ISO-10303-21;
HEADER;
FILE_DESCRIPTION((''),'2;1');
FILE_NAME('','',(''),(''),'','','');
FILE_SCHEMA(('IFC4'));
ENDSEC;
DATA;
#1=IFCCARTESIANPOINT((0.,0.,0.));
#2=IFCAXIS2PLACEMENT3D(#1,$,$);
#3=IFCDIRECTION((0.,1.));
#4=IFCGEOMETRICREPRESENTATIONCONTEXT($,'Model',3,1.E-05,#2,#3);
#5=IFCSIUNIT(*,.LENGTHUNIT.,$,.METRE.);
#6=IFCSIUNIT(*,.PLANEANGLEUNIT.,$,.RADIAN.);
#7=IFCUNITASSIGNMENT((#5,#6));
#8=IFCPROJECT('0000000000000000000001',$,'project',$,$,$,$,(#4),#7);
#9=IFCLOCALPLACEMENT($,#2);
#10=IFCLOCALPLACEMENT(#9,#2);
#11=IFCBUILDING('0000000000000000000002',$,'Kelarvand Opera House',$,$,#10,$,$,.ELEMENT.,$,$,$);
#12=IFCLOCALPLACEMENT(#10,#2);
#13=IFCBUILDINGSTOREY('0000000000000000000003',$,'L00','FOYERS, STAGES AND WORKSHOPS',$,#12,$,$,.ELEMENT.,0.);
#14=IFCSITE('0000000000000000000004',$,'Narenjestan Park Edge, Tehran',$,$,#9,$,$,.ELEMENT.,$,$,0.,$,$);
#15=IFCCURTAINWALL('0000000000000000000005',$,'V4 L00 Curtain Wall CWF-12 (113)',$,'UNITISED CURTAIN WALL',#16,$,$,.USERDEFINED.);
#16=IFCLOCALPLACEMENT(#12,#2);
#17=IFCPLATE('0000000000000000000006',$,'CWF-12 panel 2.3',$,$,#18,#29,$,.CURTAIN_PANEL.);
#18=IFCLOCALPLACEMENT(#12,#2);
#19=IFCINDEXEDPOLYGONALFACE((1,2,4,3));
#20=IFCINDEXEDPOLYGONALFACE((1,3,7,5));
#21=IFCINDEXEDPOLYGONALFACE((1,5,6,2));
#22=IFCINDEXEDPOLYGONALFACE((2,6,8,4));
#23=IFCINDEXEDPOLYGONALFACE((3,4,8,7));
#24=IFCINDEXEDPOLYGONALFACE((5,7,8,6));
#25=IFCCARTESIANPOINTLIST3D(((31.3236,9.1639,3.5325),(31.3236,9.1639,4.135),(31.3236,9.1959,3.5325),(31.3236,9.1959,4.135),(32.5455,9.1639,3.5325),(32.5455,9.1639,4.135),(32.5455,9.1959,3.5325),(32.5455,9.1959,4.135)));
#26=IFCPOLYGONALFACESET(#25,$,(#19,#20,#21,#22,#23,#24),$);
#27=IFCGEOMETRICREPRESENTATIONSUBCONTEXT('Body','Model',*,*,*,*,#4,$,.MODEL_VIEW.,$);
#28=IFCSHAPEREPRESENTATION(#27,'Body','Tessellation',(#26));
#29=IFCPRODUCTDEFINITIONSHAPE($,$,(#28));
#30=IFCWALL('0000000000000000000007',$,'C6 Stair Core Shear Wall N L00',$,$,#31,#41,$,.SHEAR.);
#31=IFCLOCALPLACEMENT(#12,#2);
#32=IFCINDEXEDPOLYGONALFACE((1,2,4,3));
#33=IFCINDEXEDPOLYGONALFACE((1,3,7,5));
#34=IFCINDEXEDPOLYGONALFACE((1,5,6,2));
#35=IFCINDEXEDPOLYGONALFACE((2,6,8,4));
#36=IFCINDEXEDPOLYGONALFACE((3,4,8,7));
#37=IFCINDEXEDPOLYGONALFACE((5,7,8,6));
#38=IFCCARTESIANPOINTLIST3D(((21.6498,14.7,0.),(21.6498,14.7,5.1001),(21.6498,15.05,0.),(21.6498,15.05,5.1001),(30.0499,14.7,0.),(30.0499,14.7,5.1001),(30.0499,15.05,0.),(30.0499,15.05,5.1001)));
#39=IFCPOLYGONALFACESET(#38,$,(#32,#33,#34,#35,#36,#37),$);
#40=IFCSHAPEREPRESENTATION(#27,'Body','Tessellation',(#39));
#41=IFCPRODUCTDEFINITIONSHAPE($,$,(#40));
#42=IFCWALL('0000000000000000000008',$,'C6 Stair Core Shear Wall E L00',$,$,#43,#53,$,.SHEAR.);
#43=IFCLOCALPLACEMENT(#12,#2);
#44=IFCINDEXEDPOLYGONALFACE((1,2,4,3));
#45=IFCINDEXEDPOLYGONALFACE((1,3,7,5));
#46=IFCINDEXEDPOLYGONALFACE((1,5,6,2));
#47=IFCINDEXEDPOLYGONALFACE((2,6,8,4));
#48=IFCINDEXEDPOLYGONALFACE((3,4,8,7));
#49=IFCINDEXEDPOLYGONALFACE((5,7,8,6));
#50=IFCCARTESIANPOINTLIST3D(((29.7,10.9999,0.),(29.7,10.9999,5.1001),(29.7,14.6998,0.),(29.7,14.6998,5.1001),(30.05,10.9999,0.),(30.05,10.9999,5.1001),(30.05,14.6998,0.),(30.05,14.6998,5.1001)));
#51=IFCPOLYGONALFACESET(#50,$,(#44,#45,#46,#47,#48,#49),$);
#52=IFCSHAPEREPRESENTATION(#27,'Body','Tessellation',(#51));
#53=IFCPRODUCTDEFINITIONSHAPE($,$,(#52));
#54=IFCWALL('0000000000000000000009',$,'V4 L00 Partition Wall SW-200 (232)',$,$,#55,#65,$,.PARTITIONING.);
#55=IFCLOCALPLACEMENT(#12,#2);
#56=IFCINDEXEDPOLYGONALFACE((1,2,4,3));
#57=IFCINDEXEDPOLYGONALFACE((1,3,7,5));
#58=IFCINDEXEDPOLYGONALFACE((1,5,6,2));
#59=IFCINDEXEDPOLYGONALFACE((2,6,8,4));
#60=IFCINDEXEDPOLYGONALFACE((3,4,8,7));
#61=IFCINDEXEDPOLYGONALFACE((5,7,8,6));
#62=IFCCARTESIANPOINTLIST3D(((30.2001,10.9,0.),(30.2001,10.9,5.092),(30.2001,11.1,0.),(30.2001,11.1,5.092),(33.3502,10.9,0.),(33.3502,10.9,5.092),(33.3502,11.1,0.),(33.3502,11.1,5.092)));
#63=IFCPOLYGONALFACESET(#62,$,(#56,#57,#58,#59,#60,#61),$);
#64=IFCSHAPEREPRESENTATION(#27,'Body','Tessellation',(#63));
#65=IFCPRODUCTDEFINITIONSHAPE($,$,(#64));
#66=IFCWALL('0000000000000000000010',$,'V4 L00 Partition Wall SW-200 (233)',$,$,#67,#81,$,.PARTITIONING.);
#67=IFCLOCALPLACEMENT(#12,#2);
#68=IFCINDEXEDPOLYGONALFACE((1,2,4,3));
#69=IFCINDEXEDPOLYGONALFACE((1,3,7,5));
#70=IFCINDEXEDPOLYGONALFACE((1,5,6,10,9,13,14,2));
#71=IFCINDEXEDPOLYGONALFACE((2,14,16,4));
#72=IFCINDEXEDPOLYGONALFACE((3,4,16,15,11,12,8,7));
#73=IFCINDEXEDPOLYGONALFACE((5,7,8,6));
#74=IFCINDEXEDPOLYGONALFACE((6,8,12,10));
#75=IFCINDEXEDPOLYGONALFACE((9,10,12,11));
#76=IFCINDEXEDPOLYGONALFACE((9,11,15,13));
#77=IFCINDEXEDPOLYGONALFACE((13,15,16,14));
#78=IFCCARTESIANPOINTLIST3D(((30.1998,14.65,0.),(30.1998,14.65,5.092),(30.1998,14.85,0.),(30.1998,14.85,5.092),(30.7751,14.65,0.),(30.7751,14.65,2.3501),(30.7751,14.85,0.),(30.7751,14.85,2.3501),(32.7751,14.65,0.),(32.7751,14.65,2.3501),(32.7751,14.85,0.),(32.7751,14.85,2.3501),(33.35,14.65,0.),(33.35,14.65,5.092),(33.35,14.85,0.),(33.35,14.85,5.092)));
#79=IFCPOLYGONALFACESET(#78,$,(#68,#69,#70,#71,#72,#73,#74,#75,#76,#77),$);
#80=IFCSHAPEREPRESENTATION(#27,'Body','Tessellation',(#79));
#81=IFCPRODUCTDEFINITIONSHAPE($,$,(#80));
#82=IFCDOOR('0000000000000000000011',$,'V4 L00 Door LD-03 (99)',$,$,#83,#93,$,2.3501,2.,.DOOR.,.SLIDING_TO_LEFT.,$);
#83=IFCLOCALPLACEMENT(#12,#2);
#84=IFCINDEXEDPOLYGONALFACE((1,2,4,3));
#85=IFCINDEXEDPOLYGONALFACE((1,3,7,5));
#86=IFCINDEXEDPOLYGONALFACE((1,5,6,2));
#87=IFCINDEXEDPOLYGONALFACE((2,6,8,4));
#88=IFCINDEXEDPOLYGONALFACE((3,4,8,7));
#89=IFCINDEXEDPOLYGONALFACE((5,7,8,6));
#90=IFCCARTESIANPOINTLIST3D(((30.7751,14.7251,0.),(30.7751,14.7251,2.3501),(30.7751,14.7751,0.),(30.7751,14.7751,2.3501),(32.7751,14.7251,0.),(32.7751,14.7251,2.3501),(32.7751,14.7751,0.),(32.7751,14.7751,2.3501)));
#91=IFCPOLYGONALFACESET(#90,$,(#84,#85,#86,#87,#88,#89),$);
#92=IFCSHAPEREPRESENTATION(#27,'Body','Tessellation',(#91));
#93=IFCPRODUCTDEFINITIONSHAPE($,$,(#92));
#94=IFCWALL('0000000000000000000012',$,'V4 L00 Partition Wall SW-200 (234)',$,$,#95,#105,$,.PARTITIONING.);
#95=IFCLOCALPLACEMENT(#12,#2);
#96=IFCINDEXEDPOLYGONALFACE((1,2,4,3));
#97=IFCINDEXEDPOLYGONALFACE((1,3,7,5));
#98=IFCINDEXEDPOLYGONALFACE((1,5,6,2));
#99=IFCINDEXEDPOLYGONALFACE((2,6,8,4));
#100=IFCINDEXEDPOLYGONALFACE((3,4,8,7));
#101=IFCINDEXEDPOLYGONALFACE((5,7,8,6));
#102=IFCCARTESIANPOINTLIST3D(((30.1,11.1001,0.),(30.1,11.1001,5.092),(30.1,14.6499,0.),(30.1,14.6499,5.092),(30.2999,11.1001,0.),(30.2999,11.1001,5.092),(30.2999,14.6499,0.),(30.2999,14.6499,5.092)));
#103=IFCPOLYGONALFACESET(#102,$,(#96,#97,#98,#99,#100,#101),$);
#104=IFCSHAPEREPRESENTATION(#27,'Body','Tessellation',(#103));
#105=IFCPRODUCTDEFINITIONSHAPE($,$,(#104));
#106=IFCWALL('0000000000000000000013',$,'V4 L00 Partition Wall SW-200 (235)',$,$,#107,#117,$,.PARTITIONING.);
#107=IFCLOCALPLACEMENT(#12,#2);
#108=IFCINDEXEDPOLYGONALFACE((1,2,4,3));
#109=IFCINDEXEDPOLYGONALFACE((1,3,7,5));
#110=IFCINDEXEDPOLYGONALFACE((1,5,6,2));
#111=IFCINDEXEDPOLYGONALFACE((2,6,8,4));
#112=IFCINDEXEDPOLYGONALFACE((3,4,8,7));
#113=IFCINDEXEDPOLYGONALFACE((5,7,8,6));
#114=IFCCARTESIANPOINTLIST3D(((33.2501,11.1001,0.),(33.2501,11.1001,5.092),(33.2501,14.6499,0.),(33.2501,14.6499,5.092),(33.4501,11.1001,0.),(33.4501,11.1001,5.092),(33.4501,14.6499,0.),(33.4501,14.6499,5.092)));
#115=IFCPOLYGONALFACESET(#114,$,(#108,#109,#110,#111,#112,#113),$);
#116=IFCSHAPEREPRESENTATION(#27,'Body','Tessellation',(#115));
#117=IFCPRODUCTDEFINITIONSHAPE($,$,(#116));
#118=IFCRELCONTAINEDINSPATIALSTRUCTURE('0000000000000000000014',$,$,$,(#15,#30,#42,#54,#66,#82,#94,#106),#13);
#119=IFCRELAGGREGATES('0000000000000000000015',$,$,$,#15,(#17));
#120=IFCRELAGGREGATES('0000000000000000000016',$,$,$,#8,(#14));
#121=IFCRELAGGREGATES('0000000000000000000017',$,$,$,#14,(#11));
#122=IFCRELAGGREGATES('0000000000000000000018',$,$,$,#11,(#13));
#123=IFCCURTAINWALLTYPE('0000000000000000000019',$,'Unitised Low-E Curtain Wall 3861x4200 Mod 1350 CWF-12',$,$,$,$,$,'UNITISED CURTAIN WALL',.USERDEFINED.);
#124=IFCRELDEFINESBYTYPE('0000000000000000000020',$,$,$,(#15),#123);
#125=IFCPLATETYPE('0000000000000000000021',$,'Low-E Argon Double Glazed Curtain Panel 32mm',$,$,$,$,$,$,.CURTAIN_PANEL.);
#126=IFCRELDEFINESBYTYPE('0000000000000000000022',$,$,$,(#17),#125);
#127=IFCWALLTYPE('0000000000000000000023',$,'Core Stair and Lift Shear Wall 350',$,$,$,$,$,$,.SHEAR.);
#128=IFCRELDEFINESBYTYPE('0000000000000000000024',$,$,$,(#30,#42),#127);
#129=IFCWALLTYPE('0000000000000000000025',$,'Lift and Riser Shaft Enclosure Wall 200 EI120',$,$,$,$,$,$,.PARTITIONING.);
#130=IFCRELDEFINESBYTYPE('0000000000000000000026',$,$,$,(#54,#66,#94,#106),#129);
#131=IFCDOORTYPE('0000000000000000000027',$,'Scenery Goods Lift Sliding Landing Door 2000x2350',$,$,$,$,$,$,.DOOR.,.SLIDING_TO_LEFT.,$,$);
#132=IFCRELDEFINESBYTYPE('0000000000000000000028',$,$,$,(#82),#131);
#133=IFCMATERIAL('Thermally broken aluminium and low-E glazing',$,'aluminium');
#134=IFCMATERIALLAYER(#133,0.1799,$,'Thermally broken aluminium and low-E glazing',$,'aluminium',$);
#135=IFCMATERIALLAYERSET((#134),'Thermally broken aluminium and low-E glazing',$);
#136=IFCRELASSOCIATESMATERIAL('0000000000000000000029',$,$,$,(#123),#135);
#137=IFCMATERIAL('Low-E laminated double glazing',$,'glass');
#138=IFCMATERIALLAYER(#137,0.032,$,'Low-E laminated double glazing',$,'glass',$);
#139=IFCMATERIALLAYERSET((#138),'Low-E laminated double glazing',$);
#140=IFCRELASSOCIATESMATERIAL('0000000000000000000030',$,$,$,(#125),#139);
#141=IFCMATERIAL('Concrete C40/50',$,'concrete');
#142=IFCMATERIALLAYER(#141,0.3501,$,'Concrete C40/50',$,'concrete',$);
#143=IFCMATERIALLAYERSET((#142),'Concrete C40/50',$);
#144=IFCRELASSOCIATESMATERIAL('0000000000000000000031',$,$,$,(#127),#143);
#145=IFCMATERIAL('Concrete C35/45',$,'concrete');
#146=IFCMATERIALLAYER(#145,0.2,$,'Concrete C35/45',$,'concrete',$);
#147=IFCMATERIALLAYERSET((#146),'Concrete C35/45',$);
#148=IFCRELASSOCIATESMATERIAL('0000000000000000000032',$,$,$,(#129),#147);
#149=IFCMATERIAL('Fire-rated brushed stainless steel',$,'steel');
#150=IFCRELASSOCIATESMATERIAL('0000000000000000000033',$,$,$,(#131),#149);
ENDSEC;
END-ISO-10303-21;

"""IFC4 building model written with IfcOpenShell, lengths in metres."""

from ifc_helpers import new_model, si_unit, direction, frame, frame_2d, origin, origin_2d, place, context, subcontext, project, spatial, rectangle, extrude, material, layer, layer_set, type_object, element, fill, aggregate, save


model = new_model("IFC4")

# Units and contexts
model_context = context("Model", 3, precision=1e-05, world=origin(), true_north=direction((0.0, 1.0)))
body_context = subcontext(model_context, "Body", "Model", "MODEL_VIEW")
ifc_project = project(units=[si_unit("LENGTHUNIT", "METRE"), si_unit("PLANEANGLEUNIT", "RADIAN")], contexts=[model_context])

# Site, building, storey
site_placement = place(None, origin())
site = spatial("IfcSite", under=ifc_project, at=site_placement, Name="Narenjestan Park Edge, Tehran", CompositionType="ELEMENT", RefElevation=0.0)
building_placement = place(site_placement, origin())
building = spatial("IfcBuilding", under=site, at=building_placement, Name="Kelarvand Opera House", CompositionType="ELEMENT")
storey_placement = place(building_placement, origin())
storey = spatial("IfcBuildingStorey", under=building, at=storey_placement, Name="L00", Description="FOYERS, STAGES AND WORKSHOPS", CompositionType="ELEMENT", Elevation=0.0)

# Curtain wall
ifc_material_1 = material(Name="Thermally broken aluminium and low-E glazing", Category="aluminium")
ifc_layer_1 = layer(ifc_material_1, 0.1799, Name="Thermally broken aluminium and low-E glazing", Category="aluminium")
ifc_layer_set_1 = layer_set([ifc_layer_1], Name="Thermally broken aluminium and low-E glazing")
curtain_wall_type = type_object("IfcCurtainWallType", Name="Unitised Low-E Curtain Wall 3861x4200 Mod 1350 CWF-12", ElementType="UNITISED CURTAIN WALL", PredefinedType="USERDEFINED", material=ifc_layer_set_1)
curtain_wall_placement = place(storey_placement, origin())
curtain_wall = element("IfcCurtainWall", 1, at=curtain_wall_placement, inside=storey, type_object=curtain_wall_type, Name="V4 L00 Curtain Wall CWF-12 (113)", ObjectType="UNITISED CURTAIN WALL", PredefinedType="USERDEFINED")

# Shared definitions
ifc_material_2 = material(Name="Concrete C35/45", Category="concrete")

# Plate
ifc_material_3 = material(Name="Low-E laminated double glazing", Category="glass")
ifc_layer_2 = layer(ifc_material_3, 0.032, Name="Low-E laminated double glazing", Category="glass")
ifc_layer_set_2 = layer_set([ifc_layer_2], Name="Low-E laminated double glazing")
plate_type = type_object("IfcPlateType", Name="Low-E Argon Double Glazed Curtain Panel 32mm", PredefinedType="CURTAIN_PANEL", material=ifc_layer_set_2)
plate_1_placement = place(storey_placement, frame((31.9346, 9.1799, 3.5325), z_axis=(0.0, 0.0, 1.0), x_axis=(-1.0, 0.0, 0.0)))
plate_1 = element("IfcPlate", 2, at=plate_1_placement, type_object=plate_type, Name="CWF-12 panel 2.3", PredefinedType="CURTAIN_PANEL", context=body_context, shape_type="SweptSolid", body=[
    extrude(rectangle(XDim=1.2219, YDim=0.032, at=origin_2d()), origin(), (0.0, 0.0, 1.0), 0.6025),
])
aggregate(curtain_wall, [plate_1])

# Walls
ifc_material_4 = material(Name="Concrete C40/50", Category="concrete")
ifc_layer_3 = layer(ifc_material_4, 0.3501, Name="Concrete C40/50", Category="concrete")
ifc_layer_set_3 = layer_set([ifc_layer_3], Name="Concrete C40/50")
wall_type_1 = type_object("IfcWallType", Name="Core Stair and Lift Shear Wall 350", PredefinedType="SHEAR", material=ifc_layer_set_3)
wall_1_placement = place(storey_placement, frame((30.05, 14.875, 0.0), z_axis=(0.0, 0.0, 1.0), x_axis=(-1.0, 0.0, 0.0)))
element("IfcWall", 3, at=wall_1_placement, inside=storey, type_object=wall_type_1, Name="C6 Stair Core Shear Wall N L00", PredefinedType="SHEAR", context=body_context, shape_type="SweptSolid", body=[
    extrude(rectangle(XDim=8.4001, YDim=0.3501, at=frame_2d((4.2002, 0.0))), origin(), (0.0, 0.0, 1.0), 5.1001),
])
wall_2_placement = place(storey_placement, frame((29.875, 14.7, 0.0), z_axis=(0.0, 0.0, 1.0), x_axis=(0.0, -1.0, 0.0)))
element("IfcWall", 4, at=wall_2_placement, inside=storey, type_object=wall_type_1, Name="C6 Stair Core Shear Wall E L00", PredefinedType="SHEAR", context=body_context, shape_type="SweptSolid", body=[
    extrude(rectangle(XDim=3.7, YDim=0.3501, at=frame_2d((1.8501, 0.0))), origin(), (0.0, 0.0, 1.0), 5.1001),
])
ifc_layer_4 = layer(ifc_material_2, 0.2, Name="Concrete C35/45", Category="concrete")
ifc_layer_set_4 = layer_set([ifc_layer_4], Name="Concrete C35/45")
wall_type_2 = type_object("IfcWallType", Name="Lift and Riser Shaft Enclosure Wall 200 EI120", PredefinedType="PARTITIONING", material=ifc_layer_set_4)
wall_3_placement = place(storey_placement, frame((30.2, 11.0, 0.0), z_axis=(0.0, 0.0, 1.0), x_axis=(1.0, 0.0, 0.0)))
element("IfcWall", 5, at=wall_3_placement, inside=storey, type_object=wall_type_2, Name="V4 L00 Partition Wall SW-200 (232)", PredefinedType="PARTITIONING", context=body_context, shape_type="SweptSolid", body=[
    extrude(rectangle(XDim=3.1501, YDim=0.2, at=frame_2d((1.5752, 0.0))), origin(), (0.0, 0.0, 1.0), 5.092),
])

# Wall, opening, door
wall_4_placement = place(storey_placement, frame((33.3501, 14.75, 0.0), z_axis=(0.0, 0.0, 1.0), x_axis=(-1.0, 0.0, 0.0)))
wall_4 = element("IfcWall", 6, at=wall_4_placement, inside=storey, type_object=wall_type_2, Name="V4 L00 Partition Wall SW-200 (233)", PredefinedType="PARTITIONING", context=body_context, shape_type="SweptSolid", body=[
    extrude(rectangle(XDim=3.1501, YDim=0.2, at=frame_2d((1.5752, 0.0))), origin(), (0.0, 0.0, 1.0), 5.092),
])
opening_placement = place(wall_4_placement, frame((0.575, 0.0, 0.0)))
opening = element("IfcOpeningElement", 7, at=opening_placement, cuts=wall_4, PredefinedType="OPENING", context=body_context, shape_type="SweptSolid", body=[
    extrude(rectangle(XDim=2.0, YDim=2.3501, at=frame_2d((1.0, 1.175))), frame((0.0, 0.1099, 0.0), z_axis=(0.0, -1.0, 0.0), x_axis=(1.0, 0.0, 0.0)), (0.0, 0.0, 1.0), 0.22),
])
ifc_material_5 = material(Name="Fire-rated brushed stainless steel", Category="steel")
door_type = type_object("IfcDoorType", Name="Scenery Goods Lift Sliding Landing Door 2000x2350", OperationType="SLIDING_TO_LEFT", PredefinedType="DOOR", material=ifc_material_5)
door_placement = place(opening_placement, origin())
door = element("IfcDoor", 8, at=door_placement, inside=storey, type_object=door_type, Name="V4 L00 Door LD-03 (99)", OperationType="SLIDING_TO_LEFT", OverallHeight=2.3501, OverallWidth=2.0, PredefinedType="DOOR", context=body_context, shape_type="SweptSolid", body=[
    extrude(rectangle(XDim=2.0, YDim=2.3501, at=frame_2d((1.0, 1.175))), frame((0.0, 0.0249, 0.0), z_axis=(0.0, -1.0, 0.0), x_axis=(1.0, 0.0, 0.0)), (0.0, 0.0, 1.0), 0.05),
])
fill(opening, door)

# Walls
for number, where, z_axis, x_axis, name in (
    (9, (30.2, 11.1001, 0.0), (0.0, 0.0, 1.0), (0.0, 1.0, 0.0), "V4 L00 Partition Wall SW-200 (234)"),
    (10, (33.3501, 14.6499, 0.0), (0.0, 0.0, 1.0), (0.0, -1.0, 0.0), "V4 L00 Partition Wall SW-200 (235)"),
):
    element("IfcWall", number, at=place(storey_placement, frame(where, z_axis=z_axis, x_axis=x_axis)), inside=storey, type_object=wall_type_2, Name=name, PredefinedType="PARTITIONING", context=body_context, shape_type="SweptSolid", body=[
        extrude(rectangle(XDim=3.5498, YDim=0.2, at=frame_2d((1.7749, 0.0))), origin(), (0.0, 0.0, 1.0), 5.092),
    ])

save(model, "model.ifc")
